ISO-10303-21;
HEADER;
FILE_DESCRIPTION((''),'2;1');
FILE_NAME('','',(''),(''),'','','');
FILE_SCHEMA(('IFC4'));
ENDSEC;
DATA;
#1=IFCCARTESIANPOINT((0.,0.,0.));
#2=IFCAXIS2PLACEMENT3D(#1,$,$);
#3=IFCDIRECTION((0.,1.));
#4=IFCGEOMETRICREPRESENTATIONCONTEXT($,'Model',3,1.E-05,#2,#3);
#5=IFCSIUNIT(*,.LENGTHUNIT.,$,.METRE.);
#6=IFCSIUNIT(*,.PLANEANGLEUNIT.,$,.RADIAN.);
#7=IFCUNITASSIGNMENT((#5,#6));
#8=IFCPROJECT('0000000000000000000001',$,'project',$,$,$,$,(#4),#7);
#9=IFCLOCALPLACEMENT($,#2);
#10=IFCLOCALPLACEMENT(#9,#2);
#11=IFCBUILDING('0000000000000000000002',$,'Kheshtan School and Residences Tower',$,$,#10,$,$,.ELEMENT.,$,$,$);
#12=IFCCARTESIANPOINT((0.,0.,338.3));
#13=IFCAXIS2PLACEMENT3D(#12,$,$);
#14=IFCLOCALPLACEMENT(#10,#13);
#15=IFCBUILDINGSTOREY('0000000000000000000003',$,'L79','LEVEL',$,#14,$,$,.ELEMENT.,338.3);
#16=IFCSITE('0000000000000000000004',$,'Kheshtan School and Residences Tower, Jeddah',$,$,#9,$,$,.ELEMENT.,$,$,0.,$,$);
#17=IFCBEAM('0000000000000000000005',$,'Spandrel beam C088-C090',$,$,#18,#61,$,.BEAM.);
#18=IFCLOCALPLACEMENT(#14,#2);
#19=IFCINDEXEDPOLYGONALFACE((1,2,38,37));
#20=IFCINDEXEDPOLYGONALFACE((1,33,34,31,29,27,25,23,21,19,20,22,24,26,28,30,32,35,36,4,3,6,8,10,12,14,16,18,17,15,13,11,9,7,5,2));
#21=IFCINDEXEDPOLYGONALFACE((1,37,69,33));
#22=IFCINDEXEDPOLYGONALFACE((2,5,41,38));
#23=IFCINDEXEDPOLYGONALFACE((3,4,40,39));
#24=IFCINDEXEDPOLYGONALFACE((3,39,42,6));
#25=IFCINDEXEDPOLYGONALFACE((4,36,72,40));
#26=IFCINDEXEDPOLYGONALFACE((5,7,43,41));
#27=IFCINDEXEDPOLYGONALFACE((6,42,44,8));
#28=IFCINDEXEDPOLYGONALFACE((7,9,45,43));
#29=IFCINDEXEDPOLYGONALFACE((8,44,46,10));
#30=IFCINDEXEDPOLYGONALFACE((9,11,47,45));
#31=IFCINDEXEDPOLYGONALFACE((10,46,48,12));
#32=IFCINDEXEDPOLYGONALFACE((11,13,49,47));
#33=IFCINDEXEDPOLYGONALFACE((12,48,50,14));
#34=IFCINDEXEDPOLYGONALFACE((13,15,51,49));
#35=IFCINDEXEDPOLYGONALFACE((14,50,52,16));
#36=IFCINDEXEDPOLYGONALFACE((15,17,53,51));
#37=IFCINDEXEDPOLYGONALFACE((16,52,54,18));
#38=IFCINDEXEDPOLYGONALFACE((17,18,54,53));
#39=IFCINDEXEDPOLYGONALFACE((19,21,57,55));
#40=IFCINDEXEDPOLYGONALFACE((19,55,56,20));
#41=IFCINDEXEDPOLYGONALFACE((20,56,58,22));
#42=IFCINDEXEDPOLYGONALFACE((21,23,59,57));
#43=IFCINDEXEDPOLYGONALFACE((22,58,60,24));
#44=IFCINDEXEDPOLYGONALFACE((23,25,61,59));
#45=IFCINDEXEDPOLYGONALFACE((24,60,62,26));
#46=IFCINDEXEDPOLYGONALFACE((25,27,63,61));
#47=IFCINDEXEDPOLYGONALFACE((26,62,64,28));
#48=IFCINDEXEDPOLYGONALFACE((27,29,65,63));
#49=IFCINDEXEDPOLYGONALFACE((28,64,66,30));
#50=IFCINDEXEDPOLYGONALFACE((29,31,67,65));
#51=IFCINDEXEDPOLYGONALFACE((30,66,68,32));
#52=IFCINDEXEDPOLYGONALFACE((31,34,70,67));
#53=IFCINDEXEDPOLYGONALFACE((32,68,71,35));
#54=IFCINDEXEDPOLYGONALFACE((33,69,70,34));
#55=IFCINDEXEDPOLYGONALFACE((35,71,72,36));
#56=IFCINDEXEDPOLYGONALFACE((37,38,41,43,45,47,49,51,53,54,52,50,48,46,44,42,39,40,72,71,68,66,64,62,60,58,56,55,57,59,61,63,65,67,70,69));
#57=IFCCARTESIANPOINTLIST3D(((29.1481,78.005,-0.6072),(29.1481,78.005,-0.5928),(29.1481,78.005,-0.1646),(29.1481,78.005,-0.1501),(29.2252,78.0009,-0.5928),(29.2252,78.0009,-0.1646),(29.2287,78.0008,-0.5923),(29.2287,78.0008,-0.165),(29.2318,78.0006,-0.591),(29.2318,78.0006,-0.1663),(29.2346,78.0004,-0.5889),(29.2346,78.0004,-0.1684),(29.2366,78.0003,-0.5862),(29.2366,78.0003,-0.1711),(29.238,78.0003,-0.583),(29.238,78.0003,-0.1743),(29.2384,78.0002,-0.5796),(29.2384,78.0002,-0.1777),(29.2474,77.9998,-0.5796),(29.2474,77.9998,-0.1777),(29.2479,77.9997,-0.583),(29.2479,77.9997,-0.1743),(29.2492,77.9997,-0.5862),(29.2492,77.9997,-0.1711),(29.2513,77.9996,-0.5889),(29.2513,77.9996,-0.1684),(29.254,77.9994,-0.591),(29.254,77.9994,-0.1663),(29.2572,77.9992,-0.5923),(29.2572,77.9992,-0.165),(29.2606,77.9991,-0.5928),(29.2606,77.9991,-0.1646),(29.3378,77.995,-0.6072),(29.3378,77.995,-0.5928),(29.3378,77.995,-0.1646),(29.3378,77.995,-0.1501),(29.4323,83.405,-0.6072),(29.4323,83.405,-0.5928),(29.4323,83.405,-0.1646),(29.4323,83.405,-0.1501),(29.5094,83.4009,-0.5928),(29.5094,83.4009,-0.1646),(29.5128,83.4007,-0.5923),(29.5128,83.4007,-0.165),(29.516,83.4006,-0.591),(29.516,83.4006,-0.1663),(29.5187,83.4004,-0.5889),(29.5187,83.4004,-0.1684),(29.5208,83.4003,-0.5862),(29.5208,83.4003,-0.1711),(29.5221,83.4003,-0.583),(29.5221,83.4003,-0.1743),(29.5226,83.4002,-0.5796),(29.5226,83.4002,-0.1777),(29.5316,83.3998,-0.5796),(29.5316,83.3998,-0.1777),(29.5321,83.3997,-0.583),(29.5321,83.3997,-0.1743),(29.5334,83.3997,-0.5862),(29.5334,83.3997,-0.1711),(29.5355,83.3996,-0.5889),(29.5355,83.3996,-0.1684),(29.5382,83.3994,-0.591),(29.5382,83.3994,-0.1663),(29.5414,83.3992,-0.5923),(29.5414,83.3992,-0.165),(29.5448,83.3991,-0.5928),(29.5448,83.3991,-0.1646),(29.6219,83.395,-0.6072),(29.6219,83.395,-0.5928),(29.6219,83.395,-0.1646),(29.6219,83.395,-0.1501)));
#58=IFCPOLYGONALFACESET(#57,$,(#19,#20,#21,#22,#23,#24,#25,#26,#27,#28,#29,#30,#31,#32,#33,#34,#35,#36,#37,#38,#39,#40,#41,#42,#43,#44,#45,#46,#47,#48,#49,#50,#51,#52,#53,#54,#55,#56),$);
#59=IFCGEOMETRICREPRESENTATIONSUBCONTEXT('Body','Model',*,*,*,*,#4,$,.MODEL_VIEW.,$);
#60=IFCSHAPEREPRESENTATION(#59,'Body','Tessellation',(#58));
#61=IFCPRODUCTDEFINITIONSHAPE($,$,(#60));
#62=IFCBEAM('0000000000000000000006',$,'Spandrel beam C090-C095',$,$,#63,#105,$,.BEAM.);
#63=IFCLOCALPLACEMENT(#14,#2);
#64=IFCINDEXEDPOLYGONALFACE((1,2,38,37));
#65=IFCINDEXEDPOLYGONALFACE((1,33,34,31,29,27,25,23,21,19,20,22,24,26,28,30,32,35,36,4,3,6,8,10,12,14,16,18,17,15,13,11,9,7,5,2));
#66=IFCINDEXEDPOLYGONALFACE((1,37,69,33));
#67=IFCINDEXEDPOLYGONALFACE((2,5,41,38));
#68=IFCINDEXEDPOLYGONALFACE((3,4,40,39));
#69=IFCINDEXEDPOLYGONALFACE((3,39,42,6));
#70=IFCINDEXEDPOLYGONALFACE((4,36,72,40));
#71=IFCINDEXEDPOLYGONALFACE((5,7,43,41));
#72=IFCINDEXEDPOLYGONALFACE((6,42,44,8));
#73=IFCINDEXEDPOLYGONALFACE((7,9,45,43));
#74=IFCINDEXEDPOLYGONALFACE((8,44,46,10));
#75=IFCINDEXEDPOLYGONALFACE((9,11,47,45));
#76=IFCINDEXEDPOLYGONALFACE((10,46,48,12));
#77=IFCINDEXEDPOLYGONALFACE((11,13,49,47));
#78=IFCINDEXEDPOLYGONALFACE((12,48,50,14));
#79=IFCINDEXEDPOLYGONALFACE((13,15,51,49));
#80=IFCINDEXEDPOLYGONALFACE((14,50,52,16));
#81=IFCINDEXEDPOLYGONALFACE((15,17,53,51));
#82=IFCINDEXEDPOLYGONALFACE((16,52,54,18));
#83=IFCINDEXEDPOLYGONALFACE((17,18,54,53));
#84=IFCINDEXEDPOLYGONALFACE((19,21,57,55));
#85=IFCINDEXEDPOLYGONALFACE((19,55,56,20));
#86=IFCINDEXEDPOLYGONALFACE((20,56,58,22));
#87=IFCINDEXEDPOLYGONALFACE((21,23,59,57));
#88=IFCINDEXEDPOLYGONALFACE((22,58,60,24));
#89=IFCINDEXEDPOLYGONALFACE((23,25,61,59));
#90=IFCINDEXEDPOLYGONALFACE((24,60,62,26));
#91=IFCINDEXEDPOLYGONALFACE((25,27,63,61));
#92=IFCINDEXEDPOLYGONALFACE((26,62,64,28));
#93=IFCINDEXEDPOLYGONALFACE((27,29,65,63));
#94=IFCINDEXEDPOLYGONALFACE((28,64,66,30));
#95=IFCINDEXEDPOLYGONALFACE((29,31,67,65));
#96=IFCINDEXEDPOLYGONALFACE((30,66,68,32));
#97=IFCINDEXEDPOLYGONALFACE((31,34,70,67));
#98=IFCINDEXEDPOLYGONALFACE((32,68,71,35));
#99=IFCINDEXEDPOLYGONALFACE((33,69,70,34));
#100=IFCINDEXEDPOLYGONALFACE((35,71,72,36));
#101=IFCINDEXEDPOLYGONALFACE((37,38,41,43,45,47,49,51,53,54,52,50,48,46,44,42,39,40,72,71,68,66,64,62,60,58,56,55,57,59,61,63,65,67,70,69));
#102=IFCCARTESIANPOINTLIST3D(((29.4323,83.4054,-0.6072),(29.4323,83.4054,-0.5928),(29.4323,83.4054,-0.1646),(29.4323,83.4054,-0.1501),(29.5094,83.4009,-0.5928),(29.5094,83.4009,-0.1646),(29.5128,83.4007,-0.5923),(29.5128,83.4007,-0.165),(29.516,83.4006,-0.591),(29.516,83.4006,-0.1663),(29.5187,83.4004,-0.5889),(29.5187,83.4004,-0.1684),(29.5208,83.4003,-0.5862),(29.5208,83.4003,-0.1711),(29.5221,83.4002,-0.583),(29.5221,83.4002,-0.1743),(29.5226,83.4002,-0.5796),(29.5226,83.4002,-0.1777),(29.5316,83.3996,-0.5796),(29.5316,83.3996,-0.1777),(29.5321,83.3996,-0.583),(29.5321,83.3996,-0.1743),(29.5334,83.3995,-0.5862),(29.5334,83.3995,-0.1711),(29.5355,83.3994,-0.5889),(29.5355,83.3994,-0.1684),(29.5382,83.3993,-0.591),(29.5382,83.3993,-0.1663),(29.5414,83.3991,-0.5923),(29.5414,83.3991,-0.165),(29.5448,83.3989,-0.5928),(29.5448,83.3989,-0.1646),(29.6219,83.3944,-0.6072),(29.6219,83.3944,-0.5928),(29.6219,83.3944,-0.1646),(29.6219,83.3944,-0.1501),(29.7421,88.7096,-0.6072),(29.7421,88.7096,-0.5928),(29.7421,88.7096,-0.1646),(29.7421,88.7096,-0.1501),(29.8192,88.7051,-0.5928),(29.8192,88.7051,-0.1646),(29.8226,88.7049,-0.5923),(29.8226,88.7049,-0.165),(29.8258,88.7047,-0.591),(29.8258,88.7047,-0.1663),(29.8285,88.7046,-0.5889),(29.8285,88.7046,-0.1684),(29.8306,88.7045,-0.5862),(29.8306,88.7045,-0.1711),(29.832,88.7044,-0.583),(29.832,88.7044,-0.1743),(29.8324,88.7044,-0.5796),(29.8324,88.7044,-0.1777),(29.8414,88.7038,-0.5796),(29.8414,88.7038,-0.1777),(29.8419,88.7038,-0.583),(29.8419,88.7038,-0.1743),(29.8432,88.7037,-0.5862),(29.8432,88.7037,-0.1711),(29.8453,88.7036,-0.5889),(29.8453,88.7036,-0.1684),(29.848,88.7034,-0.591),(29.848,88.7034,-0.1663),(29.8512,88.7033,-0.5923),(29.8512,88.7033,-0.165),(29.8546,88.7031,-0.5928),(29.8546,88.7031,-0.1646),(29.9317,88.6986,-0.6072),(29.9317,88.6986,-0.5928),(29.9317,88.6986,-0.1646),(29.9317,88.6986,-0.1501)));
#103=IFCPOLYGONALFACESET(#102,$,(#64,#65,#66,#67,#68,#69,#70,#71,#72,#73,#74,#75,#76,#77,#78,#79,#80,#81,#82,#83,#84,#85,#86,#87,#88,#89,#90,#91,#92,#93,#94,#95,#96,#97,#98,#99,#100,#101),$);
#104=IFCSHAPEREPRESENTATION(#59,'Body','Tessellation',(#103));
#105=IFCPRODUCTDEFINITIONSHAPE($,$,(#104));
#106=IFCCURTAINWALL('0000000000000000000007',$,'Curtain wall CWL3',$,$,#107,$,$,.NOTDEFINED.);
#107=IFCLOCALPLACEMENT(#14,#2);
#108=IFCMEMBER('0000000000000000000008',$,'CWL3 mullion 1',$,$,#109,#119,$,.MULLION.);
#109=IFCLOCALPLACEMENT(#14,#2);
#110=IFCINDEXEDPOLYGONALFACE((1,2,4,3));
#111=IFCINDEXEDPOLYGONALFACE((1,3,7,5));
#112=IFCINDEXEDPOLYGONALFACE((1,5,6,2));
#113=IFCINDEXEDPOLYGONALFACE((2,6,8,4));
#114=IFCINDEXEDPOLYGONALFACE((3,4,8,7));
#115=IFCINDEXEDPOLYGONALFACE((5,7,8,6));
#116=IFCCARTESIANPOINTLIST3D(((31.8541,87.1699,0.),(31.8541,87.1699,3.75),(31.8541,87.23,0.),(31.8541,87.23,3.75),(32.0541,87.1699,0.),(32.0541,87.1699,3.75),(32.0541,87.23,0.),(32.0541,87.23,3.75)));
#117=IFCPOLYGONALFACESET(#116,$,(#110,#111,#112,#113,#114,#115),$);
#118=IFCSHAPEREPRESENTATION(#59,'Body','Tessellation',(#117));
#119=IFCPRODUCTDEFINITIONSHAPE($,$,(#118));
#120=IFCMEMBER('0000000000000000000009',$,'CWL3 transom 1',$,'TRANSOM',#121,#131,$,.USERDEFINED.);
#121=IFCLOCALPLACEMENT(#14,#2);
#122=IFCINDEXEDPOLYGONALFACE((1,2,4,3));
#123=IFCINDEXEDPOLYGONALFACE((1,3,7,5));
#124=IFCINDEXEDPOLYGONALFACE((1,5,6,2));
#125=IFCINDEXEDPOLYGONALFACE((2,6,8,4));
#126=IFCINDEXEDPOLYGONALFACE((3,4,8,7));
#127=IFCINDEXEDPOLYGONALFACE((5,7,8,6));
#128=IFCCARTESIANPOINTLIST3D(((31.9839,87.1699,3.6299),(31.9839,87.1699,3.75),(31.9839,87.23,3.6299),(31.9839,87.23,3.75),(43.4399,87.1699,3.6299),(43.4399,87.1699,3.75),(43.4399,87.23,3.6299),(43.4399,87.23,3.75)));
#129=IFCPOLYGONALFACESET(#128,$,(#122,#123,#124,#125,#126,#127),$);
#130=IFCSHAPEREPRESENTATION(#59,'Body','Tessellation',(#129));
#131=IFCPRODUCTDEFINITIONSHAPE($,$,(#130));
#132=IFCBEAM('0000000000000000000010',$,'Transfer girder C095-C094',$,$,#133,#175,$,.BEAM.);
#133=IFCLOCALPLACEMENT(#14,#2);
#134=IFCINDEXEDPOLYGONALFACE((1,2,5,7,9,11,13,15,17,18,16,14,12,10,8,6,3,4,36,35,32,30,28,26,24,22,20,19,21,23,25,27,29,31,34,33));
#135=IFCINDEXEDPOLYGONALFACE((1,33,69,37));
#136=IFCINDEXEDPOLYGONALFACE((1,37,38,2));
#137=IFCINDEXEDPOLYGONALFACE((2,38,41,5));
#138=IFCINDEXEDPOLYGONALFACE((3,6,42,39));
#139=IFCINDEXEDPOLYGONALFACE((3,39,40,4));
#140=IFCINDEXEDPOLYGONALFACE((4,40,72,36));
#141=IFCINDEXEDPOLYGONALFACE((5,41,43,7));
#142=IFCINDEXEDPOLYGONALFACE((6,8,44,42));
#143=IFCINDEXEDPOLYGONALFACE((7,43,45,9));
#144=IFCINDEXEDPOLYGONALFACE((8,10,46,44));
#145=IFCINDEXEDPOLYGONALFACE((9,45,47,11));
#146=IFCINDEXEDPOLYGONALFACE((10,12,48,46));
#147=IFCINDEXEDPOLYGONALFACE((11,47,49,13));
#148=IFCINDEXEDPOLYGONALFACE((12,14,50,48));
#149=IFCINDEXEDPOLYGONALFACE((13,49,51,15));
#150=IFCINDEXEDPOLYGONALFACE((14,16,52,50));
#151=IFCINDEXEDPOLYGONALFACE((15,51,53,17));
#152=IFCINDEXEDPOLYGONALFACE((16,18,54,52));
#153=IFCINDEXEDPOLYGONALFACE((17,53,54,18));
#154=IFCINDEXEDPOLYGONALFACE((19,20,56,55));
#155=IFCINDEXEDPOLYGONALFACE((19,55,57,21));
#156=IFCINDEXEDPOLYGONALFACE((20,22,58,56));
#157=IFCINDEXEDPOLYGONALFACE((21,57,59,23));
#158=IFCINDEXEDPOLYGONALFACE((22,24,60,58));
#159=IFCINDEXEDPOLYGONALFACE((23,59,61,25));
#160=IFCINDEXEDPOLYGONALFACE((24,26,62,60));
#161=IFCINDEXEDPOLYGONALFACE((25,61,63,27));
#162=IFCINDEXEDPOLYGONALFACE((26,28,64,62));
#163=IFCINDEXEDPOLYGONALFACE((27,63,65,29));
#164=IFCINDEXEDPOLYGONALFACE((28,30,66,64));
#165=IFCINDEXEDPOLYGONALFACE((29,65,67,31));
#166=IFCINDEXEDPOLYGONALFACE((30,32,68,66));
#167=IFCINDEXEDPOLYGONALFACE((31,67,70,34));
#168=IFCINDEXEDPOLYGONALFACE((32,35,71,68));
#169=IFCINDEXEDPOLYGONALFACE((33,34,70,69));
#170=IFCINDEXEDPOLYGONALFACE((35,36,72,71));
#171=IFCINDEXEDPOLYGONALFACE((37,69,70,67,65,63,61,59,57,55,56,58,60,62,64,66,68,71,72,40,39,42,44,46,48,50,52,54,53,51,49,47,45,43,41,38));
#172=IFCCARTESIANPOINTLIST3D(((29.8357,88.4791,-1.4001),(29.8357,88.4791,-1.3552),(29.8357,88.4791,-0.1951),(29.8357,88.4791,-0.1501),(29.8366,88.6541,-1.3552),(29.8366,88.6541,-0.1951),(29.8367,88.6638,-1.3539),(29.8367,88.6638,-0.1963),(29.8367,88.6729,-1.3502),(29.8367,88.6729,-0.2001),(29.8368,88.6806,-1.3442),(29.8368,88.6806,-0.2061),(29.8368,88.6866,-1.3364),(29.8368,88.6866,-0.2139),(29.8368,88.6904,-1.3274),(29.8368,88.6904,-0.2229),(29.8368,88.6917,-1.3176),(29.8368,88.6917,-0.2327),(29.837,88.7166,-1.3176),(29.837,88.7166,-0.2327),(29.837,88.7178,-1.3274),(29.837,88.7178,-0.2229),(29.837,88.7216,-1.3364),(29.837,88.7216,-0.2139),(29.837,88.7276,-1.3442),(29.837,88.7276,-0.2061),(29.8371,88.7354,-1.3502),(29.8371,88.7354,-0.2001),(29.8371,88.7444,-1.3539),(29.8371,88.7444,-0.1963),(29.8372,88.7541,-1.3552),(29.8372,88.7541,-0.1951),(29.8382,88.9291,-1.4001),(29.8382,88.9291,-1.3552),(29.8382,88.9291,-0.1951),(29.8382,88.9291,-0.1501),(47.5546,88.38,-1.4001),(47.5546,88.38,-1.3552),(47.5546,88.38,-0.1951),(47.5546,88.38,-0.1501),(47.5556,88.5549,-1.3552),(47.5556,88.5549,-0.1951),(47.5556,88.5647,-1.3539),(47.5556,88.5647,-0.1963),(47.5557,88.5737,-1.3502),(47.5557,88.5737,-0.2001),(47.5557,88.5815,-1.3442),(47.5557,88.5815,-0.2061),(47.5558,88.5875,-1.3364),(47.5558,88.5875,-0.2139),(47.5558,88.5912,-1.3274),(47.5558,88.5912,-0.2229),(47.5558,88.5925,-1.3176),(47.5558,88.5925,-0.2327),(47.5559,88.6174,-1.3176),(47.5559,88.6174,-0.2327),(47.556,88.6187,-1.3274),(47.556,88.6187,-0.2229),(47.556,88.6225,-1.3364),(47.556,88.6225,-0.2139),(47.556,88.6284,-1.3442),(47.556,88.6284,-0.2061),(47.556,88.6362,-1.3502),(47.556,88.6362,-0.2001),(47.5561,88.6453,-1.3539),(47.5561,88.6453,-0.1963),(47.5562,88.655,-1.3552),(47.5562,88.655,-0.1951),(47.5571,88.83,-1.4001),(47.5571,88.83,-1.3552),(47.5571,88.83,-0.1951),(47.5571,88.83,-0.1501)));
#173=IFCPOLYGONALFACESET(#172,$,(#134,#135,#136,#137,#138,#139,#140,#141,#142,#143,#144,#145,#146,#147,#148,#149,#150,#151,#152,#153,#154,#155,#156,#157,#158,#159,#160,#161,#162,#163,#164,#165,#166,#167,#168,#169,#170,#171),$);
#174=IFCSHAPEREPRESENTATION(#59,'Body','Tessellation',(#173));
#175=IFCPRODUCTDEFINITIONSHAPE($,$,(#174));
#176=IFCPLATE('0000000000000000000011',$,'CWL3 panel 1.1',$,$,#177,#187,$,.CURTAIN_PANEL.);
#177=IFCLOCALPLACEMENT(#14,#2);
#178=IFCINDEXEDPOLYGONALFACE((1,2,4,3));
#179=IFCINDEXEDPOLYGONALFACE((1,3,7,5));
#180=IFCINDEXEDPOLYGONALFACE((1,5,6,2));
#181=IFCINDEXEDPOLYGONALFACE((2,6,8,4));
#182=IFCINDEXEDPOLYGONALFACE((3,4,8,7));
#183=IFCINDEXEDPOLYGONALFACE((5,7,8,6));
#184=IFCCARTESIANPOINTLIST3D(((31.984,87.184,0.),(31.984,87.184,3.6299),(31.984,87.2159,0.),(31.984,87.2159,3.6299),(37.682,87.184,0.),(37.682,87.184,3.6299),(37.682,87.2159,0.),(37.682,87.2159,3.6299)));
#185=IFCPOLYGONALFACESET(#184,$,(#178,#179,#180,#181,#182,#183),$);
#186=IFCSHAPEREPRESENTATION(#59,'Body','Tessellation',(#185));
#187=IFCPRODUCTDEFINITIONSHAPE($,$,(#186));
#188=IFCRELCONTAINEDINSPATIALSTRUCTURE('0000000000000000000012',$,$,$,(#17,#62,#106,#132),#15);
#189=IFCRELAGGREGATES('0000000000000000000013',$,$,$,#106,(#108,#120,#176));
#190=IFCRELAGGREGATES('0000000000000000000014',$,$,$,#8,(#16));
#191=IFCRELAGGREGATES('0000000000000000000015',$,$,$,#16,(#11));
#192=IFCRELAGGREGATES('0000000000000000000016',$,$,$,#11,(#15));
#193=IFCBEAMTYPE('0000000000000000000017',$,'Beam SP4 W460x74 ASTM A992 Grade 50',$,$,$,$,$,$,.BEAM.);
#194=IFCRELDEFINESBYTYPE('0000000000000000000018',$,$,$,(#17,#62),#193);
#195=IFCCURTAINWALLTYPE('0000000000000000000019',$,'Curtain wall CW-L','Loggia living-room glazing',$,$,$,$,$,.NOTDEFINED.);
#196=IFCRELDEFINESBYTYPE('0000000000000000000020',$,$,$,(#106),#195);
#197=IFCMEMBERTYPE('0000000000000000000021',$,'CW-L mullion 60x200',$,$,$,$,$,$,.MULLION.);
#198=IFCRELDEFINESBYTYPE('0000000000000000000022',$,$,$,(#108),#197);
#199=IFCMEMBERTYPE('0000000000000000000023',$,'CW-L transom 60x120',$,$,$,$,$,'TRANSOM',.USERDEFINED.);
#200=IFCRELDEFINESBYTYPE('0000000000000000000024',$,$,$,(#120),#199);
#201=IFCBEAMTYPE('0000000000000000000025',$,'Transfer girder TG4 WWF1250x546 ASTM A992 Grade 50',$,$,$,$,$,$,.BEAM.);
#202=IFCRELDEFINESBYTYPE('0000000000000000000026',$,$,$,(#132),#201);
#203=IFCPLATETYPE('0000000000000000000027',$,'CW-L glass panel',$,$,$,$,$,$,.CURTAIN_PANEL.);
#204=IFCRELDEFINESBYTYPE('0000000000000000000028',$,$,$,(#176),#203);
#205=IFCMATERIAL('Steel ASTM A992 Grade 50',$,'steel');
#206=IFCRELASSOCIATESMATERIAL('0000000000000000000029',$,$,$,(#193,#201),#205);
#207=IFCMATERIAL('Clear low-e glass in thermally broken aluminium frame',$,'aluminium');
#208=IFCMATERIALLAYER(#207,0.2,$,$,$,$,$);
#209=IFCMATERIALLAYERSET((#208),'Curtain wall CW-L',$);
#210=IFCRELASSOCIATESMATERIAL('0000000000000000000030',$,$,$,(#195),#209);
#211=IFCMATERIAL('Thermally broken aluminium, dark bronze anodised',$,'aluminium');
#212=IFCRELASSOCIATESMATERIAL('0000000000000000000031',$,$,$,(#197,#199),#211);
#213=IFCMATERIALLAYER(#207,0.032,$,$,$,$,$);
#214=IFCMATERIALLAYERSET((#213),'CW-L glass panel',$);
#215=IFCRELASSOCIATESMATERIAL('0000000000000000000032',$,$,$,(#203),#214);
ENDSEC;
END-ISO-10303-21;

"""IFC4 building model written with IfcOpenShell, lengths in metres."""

from ifc_helpers import new_model, si_unit, direction, frame, origin, origin_2d, place, context, subcontext, project, spatial, rectangle, i_section, extrude, material, layer, layer_set, material_profile, profile_set, type_object, element, aggregate, save


model = new_model("IFC4")

# Units and contexts
model_context = context("Model", 3, precision=1e-05, world=origin(), true_north=direction((0.0, 1.0)))
body_context = subcontext(model_context, "Body", "Model", "MODEL_VIEW")
ifc_project = project(units=[si_unit("LENGTHUNIT", "METRE"), si_unit("PLANEANGLEUNIT", "RADIAN")], contexts=[model_context])

# Site, building, storey
site_placement = place(None, origin())
site = spatial("IfcSite", under=ifc_project, at=site_placement, Name="Kheshtan School and Residences Tower, Jeddah", CompositionType="ELEMENT", RefElevation=0.0)
building_placement = place(site_placement, origin())
building = spatial("IfcBuilding", under=site, at=building_placement, Name="Kheshtan School and Residences Tower", CompositionType="ELEMENT")
storey_placement = place(building_placement, frame((0.0, 0.0, 338.3)))
storey = spatial("IfcBuildingStorey", under=building, at=storey_placement, Name="L79", Description="LEVEL", CompositionType="ELEMENT", Elevation=338.3)

# Shared definitions
ifc_material_1 = material(Name="Steel ASTM A992 Grade 50", Category="steel")

# Beams
ifc_material_profile_1 = material_profile(ifc_material_1, i_section(OverallWidth=0.1899, OverallDepth=0.457, WebThickness=0.009, FlangeThickness=0.0144, FilletRadius=0.0132, at=origin_2d()), Name="W460x74")
ifc_profile_set_1 = profile_set([ifc_material_profile_1], Name="Steel ASTM A992 Grade 50")
beam_type_1 = type_object("IfcBeamType", Name="Beam SP4 W460x74 ASTM A992 Grade 50", PredefinedType="BEAM", material=ifc_profile_set_1)
beam_1_placement = place(storey_placement, frame((29.2429, 78.0, -0.3787), z_axis=(0.052554, 0.998618, 0.0), x_axis=(-0.998618, 0.052554, 0.0)))
element("IfcBeam", 1, at=beam_1_placement, inside=storey, type_object=beam_type_1, Name="Spandrel beam C088-C090", PredefinedType="BEAM", context=body_context, shape_type="SweptSolid", body=[
    extrude(i_section(OverallWidth=0.1899, OverallDepth=0.457, WebThickness=0.009, FlangeThickness=0.0144, FilletRadius=0.0132, at=origin_2d()), origin(), (0.0, 0.0, 1.0), 5.4075),
])
beam_2_placement = place(storey_placement, frame((29.5271, 83.3999, -0.3787), z_axis=(0.05831, 0.998299, 0.0), x_axis=(-0.998299, 0.05831, 0.0)))
element("IfcBeam", 2, at=beam_2_placement, inside=storey, type_object=beam_type_1, Name="Spandrel beam C090-C095", PredefinedType="BEAM", context=body_context, shape_type="SweptSolid", body=[
    extrude(i_section(OverallWidth=0.1899, OverallDepth=0.457, WebThickness=0.009, FlangeThickness=0.0144, FilletRadius=0.0132, at=origin_2d()), origin(), (0.0, 0.0, 1.0), 5.3132),
])

# Curtain wall, members
ifc_material_2 = material(Name="Clear low-e glass in thermally broken aluminium frame", Category="aluminium")
ifc_layer_1 = layer(ifc_material_2, 0.2)
ifc_layer_set_1 = layer_set([ifc_layer_1], Name="Curtain wall CW-L")
curtain_wall_type = type_object("IfcCurtainWallType", Name="Curtain wall CW-L", Description="Loggia living-room glazing", PredefinedType="NOTDEFINED", material=ifc_layer_set_1)
curtain_wall_placement = place(storey_placement, origin())
curtain_wall = element("IfcCurtainWall", 3, at=curtain_wall_placement, inside=storey, type_object=curtain_wall_type, Name="Curtain wall CWL3", PredefinedType="NOTDEFINED")
ifc_material_3 = material(Name="Thermally broken aluminium, dark bronze anodised", Category="aluminium")
ifc_material_profile_2 = material_profile(ifc_material_3, rectangle(XDim=0.0601, YDim=0.2, at=origin_2d()), Name="CW-L mullion 60x200")
ifc_profile_set_2 = profile_set([ifc_material_profile_2], Name="Thermally broken aluminium, dark bronze anodised")
member_type_1 = type_object("IfcMemberType", Name="CW-L mullion 60x200", PredefinedType="MULLION", material=ifc_profile_set_2)
member_1_placement = place(storey_placement, frame((31.9541, 87.2, 0.0), z_axis=(0.0, 0.0, 1.0), x_axis=(0.0, 1.0, 0.0)))
member_1 = element("IfcMember", 4, at=member_1_placement, type_object=member_type_1, Name="CWL3 mullion 1", PredefinedType="MULLION", context=body_context, shape_type="SweptSolid", body=[
    extrude(rectangle(XDim=0.0601, YDim=0.2, at=origin_2d()), origin(), (0.0, 0.0, 1.0), 3.75),
])
ifc_material_profile_3 = material_profile(ifc_material_3, rectangle(XDim=0.0601, YDim=0.1201, at=origin_2d()), Name="CW-L transom 60x120")
ifc_profile_set_3 = profile_set([ifc_material_profile_3], Name="Thermally broken aluminium, dark bronze anodised")
member_type_2 = type_object("IfcMemberType", Name="CW-L transom 60x120", ElementType="TRANSOM", PredefinedType="USERDEFINED", material=ifc_profile_set_3)
member_2_placement = place(storey_placement, frame((31.9839, 87.2, 3.6899), z_axis=(1.0, 0.0, 0.0), x_axis=(0.0, 1.0, 0.0)))
member_2 = element("IfcMember", 5, at=member_2_placement, type_object=member_type_2, Name="CWL3 transom 1", ObjectType="TRANSOM", PredefinedType="USERDEFINED", context=body_context, shape_type="SweptSolid", body=[
    extrude(rectangle(XDim=0.0601, YDim=0.1201, at=origin_2d()), origin(), (0.0, 0.0, 1.0), 11.4561),
])

# Beam
ifc_material_profile_4 = material_profile(ifc_material_1, i_section(OverallWidth=0.45, OverallDepth=1.25, WebThickness=0.0249, FlangeThickness=0.0449, FilletRadius=0.0376, at=origin_2d()), Name="WWF1250x546")
ifc_profile_set_4 = profile_set([ifc_material_profile_4], Name="Steel ASTM A992 Grade 50")
beam_type_2 = type_object("IfcBeamType", Name="Transfer girder TG4 WWF1250x546 ASTM A992 Grade 50", PredefinedType="BEAM", material=ifc_profile_set_4)
beam_3_placement = place(storey_placement, frame((29.8369, 88.7041, -0.7751), z_axis=(0.999984, -0.005594, 0.0), x_axis=(0.005594, 0.999984, 0.0)))
element("IfcBeam", 6, at=beam_3_placement, inside=storey, type_object=beam_type_2, Name="Transfer girder C095-C094", PredefinedType="BEAM", context=body_context, shape_type="SweptSolid", body=[
    extrude(i_section(OverallWidth=0.45, OverallDepth=1.25, WebThickness=0.0249, FlangeThickness=0.0449, FilletRadius=0.0376, at=origin_2d()), origin(), (0.0, 0.0, 1.0), 17.7192),
])

# Plate
ifc_layer_2 = layer(ifc_material_2, 0.032)
ifc_layer_set_2 = layer_set([ifc_layer_2], Name="CW-L glass panel")
plate_type = type_object("IfcPlateType", Name="CW-L glass panel", PredefinedType="CURTAIN_PANEL", material=ifc_layer_set_2)
plate_placement = place(storey_placement, frame((34.833, 87.2, 0.0), z_axis=(0.0, 0.0, 1.0), x_axis=(1.0, 0.0, 0.0)))
plate = element("IfcPlate", 7, at=plate_placement, type_object=plate_type, Name="CWL3 panel 1.1", PredefinedType="CURTAIN_PANEL", context=body_context, shape_type="SweptSolid", body=[
    extrude(rectangle(XDim=5.698, YDim=0.032, at=origin_2d()), origin(), (0.0, 0.0, 1.0), 3.6299),
])
aggregate(curtain_wall, [member_1, member_2, plate])

save(model, "model.ifc")
